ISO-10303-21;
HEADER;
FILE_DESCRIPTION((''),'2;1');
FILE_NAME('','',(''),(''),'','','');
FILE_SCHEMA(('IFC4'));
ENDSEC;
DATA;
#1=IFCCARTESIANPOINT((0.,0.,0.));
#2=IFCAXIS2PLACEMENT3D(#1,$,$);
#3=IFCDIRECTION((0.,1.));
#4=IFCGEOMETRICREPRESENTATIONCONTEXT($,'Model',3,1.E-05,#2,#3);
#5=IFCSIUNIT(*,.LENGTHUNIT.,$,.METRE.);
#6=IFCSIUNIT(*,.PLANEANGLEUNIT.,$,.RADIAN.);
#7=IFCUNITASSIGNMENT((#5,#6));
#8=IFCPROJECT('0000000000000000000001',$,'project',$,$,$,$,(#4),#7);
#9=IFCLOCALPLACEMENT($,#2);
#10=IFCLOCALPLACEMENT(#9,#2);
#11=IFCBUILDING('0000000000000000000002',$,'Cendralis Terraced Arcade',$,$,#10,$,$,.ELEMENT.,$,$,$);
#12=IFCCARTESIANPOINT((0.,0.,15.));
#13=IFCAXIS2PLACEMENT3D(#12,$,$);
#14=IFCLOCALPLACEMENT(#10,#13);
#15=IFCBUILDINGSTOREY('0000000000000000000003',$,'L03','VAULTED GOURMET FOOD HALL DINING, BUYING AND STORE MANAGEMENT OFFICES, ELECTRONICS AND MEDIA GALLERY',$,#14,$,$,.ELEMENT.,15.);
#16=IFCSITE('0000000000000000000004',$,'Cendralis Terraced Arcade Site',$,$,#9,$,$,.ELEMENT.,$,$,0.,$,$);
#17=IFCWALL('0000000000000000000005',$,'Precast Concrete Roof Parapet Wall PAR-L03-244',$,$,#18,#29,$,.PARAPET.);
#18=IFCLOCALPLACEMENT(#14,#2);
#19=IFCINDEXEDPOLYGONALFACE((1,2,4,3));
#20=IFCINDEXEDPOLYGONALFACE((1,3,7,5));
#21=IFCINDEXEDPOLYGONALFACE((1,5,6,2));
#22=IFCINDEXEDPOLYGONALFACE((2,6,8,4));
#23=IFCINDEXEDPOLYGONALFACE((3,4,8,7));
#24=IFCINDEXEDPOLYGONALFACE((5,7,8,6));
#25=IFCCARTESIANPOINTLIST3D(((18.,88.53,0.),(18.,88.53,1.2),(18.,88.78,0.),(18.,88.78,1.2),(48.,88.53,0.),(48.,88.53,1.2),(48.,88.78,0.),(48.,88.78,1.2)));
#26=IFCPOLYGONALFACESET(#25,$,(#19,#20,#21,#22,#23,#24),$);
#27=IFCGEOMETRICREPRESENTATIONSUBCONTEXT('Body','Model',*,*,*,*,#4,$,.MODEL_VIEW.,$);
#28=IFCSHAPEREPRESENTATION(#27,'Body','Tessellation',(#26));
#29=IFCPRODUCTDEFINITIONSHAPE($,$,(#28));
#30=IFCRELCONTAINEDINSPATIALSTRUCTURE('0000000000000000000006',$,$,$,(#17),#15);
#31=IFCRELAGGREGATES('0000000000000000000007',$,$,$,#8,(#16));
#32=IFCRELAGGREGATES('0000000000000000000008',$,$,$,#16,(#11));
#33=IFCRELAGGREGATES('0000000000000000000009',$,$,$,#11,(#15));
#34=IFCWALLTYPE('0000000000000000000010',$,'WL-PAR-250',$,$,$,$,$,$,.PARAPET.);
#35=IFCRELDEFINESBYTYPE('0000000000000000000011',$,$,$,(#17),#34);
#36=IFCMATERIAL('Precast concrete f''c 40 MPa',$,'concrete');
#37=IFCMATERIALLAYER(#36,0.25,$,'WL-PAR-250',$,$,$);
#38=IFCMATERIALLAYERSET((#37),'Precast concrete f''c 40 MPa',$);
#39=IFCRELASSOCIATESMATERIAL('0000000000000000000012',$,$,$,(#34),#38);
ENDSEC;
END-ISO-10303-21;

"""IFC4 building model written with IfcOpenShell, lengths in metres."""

from ifc_helpers import new_model, si_unit, direction, frame, frame_2d, origin, place, context, subcontext, project, spatial, rectangle, extrude, material, layer, layer_set, type_object, element, save


model = new_model("IFC4")

# Units and contexts
model_context = context("Model", 3, precision=1e-05, world=origin(), true_north=direction((0.0, 1.0)))
body_context = subcontext(model_context, "Body", "Model", "MODEL_VIEW")
ifc_project = project(units=[si_unit("LENGTHUNIT", "METRE"), si_unit("PLANEANGLEUNIT", "RADIAN")], contexts=[model_context])

# Site, building, storey
site_placement = place(None, origin())
site = spatial("IfcSite", under=ifc_project, at=site_placement, Name="Cendralis Terraced Arcade Site", CompositionType="ELEMENT", RefElevation=0.0)
building_placement = place(site_placement, origin())
building = spatial("IfcBuilding", under=site, at=building_placement, Name="Cendralis Terraced Arcade", CompositionType="ELEMENT")
storey_placement = place(building_placement, frame((0.0, 0.0, 15.0)))
storey = spatial("IfcBuildingStorey", under=building, at=storey_placement, Name="L03", Description="VAULTED GOURMET FOOD HALL DINING, BUYING AND STORE MANAGEMENT OFFICES, ELECTRONICS AND MEDIA GALLERY", CompositionType="ELEMENT", Elevation=15.0)

# Wall
ifc_material_1 = material(Name="Precast concrete f'c 40 MPa", Category="concrete")
ifc_layer_1 = layer(ifc_material_1, 0.25, Name="WL-PAR-250")
ifc_layer_set_1 = layer_set([ifc_layer_1], Name="Precast concrete f'c 40 MPa")
wall_type = type_object("IfcWallType", Name="WL-PAR-250", PredefinedType="PARAPET", material=ifc_layer_set_1)
wall_1_placement = place(storey_placement, frame((18.0, 88.655, 0.0), z_axis=(0.0, 0.0, 1.0), x_axis=(1.0, 0.0, 0.0)))
element("IfcWall", 1, at=wall_1_placement, inside=storey, type_object=wall_type, Name="Precast Concrete Roof Parapet Wall PAR-L03-244", PredefinedType="PARAPET", context=body_context, shape_type="SweptSolid", body=[
    extrude(rectangle(XDim=30.0, YDim=0.25, at=frame_2d((15.0, 0.0))), origin(), (0.0, 0.0, 1.0), 1.2),
])

save(model, "model.ifc")
